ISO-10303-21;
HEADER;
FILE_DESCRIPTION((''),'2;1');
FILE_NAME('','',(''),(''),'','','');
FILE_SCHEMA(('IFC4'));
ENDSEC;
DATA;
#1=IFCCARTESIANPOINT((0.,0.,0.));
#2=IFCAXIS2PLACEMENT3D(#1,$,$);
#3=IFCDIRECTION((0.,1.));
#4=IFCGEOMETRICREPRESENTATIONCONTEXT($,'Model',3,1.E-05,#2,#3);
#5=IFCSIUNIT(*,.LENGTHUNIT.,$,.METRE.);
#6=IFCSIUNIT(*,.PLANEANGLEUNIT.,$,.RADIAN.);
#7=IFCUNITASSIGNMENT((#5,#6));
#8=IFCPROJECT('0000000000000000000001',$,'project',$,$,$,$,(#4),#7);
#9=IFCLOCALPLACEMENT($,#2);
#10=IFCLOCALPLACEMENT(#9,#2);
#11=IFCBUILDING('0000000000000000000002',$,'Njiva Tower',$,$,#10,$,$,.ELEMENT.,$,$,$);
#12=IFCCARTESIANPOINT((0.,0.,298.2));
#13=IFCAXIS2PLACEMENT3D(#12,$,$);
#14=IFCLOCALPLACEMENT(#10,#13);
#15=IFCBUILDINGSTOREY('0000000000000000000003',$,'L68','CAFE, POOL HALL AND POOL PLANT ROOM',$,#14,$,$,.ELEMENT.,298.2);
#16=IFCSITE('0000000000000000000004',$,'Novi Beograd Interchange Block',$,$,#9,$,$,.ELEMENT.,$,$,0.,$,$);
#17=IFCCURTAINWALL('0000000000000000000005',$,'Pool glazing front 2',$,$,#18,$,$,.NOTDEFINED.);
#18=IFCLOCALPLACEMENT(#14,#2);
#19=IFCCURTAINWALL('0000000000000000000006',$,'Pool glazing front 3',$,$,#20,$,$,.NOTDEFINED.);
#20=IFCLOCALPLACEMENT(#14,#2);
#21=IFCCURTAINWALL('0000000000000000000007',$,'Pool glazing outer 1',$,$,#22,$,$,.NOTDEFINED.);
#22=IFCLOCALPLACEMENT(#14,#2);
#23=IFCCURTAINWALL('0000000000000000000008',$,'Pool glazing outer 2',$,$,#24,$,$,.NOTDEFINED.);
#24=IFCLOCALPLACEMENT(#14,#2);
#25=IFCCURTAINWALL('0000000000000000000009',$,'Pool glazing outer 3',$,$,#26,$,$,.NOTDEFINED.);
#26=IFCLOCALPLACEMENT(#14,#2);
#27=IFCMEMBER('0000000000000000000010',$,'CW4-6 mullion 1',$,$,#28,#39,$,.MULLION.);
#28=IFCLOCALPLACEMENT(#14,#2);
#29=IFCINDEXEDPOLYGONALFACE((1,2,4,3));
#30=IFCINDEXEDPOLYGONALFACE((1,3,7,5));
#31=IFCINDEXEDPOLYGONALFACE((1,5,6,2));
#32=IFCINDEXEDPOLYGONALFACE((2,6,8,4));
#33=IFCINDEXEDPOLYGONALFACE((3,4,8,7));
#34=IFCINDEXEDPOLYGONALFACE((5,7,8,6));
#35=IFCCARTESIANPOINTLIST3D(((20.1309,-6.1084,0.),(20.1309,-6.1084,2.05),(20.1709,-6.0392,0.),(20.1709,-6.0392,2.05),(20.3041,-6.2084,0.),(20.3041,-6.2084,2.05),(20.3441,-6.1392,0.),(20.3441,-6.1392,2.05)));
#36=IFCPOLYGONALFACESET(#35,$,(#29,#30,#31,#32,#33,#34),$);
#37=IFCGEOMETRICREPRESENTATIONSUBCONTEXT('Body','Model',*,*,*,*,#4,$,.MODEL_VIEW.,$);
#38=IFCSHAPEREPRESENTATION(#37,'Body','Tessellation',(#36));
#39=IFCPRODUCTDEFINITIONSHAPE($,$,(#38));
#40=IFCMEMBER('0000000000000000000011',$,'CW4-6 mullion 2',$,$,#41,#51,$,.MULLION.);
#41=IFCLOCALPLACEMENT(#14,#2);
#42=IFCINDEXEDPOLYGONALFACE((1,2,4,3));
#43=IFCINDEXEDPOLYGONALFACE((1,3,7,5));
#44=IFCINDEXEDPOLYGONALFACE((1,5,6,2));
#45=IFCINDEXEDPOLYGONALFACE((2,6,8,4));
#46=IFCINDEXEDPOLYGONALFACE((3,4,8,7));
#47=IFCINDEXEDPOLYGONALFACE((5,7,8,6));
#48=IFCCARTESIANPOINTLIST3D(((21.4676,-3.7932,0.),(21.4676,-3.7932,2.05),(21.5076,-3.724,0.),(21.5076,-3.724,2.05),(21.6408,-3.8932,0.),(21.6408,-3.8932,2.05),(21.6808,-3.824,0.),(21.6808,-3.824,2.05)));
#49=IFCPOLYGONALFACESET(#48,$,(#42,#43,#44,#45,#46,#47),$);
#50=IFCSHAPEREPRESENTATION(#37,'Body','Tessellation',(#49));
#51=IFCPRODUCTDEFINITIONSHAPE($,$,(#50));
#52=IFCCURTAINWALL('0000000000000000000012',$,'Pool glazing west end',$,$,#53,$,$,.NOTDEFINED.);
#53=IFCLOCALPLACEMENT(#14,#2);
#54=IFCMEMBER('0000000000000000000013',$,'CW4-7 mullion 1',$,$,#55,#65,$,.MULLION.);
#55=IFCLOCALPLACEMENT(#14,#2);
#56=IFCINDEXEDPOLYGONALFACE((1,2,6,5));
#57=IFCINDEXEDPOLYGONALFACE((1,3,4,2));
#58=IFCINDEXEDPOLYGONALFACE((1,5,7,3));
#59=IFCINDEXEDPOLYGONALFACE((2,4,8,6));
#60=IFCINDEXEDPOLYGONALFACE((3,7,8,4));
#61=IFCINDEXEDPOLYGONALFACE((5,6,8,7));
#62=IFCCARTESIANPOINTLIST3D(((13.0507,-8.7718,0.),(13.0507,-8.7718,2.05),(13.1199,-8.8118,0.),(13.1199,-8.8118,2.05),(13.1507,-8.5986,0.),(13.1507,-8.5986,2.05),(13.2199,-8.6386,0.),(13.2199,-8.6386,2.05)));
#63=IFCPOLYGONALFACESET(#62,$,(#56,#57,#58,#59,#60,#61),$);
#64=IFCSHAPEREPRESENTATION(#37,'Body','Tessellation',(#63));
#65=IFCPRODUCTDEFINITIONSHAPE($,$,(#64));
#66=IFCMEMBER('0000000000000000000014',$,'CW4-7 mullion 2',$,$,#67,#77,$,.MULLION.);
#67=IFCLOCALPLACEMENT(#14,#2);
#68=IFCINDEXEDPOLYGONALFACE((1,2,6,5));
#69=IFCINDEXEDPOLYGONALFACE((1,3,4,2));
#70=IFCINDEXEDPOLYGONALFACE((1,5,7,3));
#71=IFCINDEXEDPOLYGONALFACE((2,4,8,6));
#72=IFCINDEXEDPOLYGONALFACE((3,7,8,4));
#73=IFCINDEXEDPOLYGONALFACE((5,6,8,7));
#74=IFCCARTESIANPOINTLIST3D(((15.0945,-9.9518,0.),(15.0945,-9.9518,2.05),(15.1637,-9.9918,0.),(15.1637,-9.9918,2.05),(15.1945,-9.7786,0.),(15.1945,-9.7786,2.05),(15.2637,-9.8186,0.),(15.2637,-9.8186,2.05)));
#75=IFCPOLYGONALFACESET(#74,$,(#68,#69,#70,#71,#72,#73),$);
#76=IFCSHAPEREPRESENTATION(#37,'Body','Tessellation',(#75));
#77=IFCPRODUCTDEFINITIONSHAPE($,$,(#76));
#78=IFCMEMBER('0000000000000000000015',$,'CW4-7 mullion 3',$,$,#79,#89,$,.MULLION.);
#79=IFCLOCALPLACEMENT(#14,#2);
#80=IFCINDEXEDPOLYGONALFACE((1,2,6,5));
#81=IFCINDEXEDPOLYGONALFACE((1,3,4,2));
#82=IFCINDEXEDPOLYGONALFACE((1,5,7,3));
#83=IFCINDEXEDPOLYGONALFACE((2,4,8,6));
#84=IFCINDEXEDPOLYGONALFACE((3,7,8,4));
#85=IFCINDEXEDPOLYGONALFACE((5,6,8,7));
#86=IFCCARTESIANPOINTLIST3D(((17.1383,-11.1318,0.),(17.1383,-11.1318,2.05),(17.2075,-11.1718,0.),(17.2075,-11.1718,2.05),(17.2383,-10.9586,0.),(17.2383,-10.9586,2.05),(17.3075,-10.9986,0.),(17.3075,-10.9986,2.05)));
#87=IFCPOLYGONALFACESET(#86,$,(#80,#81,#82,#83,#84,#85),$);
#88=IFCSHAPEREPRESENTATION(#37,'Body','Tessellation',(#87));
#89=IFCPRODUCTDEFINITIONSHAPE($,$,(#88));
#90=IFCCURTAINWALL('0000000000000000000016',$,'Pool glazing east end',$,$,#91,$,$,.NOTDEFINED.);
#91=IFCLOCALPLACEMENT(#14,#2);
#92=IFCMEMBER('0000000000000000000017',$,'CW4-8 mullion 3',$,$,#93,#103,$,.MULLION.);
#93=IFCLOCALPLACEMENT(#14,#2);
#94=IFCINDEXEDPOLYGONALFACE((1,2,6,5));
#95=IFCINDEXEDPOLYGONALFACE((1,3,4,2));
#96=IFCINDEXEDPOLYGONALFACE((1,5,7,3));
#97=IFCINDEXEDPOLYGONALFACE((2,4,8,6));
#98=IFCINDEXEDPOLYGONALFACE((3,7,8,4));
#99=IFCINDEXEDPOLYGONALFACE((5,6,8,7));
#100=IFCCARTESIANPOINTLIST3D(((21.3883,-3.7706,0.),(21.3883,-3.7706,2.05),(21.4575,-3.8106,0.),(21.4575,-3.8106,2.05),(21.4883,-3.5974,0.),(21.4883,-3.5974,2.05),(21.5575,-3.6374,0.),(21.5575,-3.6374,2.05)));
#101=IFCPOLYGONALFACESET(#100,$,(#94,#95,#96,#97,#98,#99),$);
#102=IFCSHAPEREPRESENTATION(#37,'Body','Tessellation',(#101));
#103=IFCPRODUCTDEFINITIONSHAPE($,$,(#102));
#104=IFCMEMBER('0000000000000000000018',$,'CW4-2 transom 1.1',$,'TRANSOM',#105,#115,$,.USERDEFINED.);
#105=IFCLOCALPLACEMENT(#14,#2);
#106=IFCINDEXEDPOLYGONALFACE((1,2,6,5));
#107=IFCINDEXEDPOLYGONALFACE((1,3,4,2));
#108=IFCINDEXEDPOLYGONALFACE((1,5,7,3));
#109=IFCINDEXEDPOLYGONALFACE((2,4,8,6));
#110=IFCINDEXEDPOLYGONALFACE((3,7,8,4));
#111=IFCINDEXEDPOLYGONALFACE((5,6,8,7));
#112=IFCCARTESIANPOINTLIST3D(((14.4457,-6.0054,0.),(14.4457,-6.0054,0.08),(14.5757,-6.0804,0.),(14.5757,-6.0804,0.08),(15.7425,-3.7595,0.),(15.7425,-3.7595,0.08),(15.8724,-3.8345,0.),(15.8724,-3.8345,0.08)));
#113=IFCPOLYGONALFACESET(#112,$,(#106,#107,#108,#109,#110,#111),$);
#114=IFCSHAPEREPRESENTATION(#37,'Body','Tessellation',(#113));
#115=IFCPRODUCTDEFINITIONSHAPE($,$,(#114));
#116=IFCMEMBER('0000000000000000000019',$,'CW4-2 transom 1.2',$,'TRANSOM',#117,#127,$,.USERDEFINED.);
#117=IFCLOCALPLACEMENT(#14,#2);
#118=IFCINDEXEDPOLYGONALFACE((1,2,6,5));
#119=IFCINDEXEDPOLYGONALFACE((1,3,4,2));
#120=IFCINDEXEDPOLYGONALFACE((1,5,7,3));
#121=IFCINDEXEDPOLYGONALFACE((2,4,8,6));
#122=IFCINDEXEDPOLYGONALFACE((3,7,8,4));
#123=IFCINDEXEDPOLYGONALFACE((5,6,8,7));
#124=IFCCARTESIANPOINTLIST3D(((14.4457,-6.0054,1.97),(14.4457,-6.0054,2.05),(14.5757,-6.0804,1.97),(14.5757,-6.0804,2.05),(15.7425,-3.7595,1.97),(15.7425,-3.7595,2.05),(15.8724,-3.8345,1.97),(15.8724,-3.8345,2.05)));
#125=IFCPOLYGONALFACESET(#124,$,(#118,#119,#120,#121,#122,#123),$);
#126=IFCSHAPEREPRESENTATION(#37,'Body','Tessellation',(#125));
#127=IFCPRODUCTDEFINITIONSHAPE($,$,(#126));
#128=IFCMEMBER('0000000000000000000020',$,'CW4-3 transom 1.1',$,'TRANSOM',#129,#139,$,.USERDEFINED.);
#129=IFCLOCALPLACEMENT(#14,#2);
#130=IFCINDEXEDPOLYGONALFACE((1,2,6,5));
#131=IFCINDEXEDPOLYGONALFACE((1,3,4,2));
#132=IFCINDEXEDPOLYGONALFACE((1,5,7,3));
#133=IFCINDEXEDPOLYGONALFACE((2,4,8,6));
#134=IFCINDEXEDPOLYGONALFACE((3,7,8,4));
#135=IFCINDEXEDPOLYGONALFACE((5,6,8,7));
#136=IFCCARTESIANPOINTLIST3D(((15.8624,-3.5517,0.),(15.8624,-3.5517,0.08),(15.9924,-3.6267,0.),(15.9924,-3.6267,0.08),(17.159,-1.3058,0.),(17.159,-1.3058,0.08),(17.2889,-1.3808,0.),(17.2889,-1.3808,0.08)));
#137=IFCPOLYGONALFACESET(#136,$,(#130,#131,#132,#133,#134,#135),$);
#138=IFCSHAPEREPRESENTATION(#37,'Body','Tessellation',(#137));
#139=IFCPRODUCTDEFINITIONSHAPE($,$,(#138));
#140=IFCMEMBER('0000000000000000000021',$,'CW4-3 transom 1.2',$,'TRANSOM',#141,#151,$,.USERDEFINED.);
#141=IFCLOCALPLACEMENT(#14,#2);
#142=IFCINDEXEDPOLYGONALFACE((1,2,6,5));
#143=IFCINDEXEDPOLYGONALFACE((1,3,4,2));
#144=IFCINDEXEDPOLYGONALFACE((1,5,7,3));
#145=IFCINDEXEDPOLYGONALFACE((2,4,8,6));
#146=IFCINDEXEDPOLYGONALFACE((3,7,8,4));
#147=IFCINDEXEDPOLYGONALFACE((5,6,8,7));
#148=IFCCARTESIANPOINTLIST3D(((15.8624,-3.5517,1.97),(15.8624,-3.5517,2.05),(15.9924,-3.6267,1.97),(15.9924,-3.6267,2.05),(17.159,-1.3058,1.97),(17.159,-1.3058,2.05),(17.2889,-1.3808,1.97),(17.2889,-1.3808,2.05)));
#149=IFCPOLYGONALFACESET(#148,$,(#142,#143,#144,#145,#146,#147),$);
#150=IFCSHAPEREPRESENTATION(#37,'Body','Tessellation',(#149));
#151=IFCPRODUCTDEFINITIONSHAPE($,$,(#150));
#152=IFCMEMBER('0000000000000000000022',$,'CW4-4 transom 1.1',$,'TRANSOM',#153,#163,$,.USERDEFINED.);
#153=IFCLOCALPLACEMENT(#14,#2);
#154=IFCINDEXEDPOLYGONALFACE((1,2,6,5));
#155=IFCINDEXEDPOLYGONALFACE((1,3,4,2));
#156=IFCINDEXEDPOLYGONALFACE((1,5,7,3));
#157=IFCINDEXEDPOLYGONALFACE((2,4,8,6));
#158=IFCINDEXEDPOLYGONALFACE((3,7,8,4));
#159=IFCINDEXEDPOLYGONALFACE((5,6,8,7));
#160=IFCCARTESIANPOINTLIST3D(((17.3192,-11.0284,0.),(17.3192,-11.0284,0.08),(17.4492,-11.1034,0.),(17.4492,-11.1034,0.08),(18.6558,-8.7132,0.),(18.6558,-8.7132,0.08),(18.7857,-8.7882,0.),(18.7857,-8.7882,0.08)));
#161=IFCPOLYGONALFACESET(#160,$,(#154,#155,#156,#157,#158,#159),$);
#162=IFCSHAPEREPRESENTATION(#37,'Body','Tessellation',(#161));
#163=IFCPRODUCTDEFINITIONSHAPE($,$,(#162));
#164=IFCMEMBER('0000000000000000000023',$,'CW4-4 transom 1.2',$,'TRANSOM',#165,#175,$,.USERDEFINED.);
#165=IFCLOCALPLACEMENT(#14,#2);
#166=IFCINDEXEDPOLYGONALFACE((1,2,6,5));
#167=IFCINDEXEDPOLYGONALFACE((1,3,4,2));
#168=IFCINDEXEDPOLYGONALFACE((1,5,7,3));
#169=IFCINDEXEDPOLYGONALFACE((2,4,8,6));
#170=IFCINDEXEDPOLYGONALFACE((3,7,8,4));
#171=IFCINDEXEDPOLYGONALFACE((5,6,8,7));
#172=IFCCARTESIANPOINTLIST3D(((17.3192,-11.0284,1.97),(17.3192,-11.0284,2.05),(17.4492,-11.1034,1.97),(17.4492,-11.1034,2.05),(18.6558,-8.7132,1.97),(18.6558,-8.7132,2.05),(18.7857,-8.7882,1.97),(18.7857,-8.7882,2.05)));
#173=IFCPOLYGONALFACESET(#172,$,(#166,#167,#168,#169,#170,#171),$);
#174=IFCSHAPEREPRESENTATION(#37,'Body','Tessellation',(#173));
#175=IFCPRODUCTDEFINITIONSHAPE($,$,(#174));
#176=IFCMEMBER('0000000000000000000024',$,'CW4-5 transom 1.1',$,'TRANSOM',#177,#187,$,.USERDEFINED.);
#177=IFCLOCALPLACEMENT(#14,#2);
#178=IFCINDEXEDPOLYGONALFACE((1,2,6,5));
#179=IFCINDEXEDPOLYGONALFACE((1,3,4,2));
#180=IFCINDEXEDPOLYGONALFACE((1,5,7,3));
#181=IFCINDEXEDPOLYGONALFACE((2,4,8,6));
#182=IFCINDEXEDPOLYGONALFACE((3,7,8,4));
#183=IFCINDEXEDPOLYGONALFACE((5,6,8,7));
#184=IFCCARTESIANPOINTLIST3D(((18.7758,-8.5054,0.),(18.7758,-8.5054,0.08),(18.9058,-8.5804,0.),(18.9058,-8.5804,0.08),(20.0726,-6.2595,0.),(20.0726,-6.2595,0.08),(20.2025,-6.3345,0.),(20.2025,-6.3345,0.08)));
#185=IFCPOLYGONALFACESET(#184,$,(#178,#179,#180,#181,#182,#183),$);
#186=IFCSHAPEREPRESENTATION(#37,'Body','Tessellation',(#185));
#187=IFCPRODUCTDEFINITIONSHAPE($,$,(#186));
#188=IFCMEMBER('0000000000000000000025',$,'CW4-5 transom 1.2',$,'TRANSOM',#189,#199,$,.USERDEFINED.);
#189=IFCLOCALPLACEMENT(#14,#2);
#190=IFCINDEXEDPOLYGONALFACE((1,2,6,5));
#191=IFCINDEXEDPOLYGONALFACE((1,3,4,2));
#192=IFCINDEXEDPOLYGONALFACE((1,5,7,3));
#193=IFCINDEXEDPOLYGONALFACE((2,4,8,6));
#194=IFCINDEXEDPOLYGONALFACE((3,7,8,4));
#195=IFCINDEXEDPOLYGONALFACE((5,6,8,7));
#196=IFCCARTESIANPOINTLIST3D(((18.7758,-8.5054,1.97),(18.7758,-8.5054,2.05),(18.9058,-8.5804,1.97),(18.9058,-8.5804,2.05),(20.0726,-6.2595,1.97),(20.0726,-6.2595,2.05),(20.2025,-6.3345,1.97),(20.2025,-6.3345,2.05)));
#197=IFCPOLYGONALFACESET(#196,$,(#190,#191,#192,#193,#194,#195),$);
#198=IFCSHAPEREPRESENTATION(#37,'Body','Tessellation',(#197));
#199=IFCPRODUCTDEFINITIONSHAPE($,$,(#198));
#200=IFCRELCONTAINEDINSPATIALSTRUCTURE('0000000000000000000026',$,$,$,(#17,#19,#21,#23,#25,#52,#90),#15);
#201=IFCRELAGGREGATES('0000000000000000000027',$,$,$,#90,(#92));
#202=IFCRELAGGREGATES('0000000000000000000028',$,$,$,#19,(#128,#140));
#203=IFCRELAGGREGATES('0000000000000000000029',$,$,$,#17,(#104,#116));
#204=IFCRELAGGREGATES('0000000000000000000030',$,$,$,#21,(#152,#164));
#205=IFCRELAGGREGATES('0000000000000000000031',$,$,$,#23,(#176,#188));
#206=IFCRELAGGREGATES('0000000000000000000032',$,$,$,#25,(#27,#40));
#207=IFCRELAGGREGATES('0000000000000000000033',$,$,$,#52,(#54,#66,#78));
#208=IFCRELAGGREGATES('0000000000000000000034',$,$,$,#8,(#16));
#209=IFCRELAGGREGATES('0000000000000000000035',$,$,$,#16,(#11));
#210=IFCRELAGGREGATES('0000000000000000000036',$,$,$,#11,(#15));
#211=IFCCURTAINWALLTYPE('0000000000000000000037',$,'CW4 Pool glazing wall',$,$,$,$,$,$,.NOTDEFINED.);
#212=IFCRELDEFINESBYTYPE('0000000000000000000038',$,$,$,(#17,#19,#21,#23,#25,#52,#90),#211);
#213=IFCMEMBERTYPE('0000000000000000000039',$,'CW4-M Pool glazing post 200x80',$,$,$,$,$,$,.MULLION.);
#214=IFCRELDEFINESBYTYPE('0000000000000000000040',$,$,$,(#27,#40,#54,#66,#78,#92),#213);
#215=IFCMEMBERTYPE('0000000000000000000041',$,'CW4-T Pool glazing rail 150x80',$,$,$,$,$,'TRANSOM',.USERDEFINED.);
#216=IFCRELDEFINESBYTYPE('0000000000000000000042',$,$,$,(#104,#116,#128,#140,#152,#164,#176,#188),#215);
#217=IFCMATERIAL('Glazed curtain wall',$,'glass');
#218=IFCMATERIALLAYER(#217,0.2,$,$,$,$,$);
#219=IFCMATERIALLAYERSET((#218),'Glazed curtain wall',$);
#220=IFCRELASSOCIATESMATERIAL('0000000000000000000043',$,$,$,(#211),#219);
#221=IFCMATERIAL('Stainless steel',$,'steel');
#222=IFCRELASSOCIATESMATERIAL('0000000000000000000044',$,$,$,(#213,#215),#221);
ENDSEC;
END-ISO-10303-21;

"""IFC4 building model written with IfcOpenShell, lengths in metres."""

from ifc_helpers import new_model, si_unit, direction, frame, origin, origin_2d, place, context, subcontext, project, spatial, rectangle, extrude, material, layer, layer_set, material_profile, profile_set, type_object, element, aggregate, save


model = new_model("IFC4")

# Units and contexts
model_context = context("Model", 3, precision=1e-05, world=origin(), true_north=direction((0.0, 1.0)))
body_context = subcontext(model_context, "Body", "Model", "MODEL_VIEW")
ifc_project = project(units=[si_unit("LENGTHUNIT", "METRE"), si_unit("PLANEANGLEUNIT", "RADIAN")], contexts=[model_context])

# Site, building, storey
site_placement = place(None, origin())
site = spatial("IfcSite", under=ifc_project, at=site_placement, Name="Novi Beograd Interchange Block", CompositionType="ELEMENT", RefElevation=0.0)
building_placement = place(site_placement, origin())
building = spatial("IfcBuilding", under=site, at=building_placement, Name="Njiva Tower", CompositionType="ELEMENT")
storey_placement = place(building_placement, frame((0.0, 0.0, 298.2)))
storey = spatial("IfcBuildingStorey", under=building, at=storey_placement, Name="L68", Description="CAFE, POOL HALL AND POOL PLANT ROOM", CompositionType="ELEMENT", Elevation=298.2)

# Shared definitions
ifc_material_1 = material(Name="Glazed curtain wall", Category="glass")
ifc_layer_1 = layer(ifc_material_1, 0.2)
ifc_layer_set_1 = layer_set([ifc_layer_1], Name="Glazed curtain wall")
curtain_wall_type = type_object("IfcCurtainWallType", Name="CW4 Pool glazing wall", PredefinedType="NOTDEFINED", material=ifc_layer_set_1)
ifc_material_2 = material(Name="Stainless steel", Category="steel")
ifc_material_profile_1 = material_profile(ifc_material_2, rectangle(XDim=0.2, YDim=0.08, at=origin_2d()), Name="RECT 200x80")
ifc_profile_set_1 = profile_set([ifc_material_profile_1], Name="Stainless steel")
member_type_1 = type_object("IfcMemberType", Name="CW4-M Pool glazing post 200x80", PredefinedType="MULLION", material=ifc_profile_set_1)

# Curtain wall
curtain_wall_1_placement = place(storey_placement, origin())
curtain_wall_1 = element("IfcCurtainWall", 1, at=curtain_wall_1_placement, inside=storey, type_object=curtain_wall_type, Name="Pool glazing front 2", PredefinedType="NOTDEFINED")

# Curtain wall
curtain_wall_2_placement = place(storey_placement, origin())
curtain_wall_2 = element("IfcCurtainWall", 2, at=curtain_wall_2_placement, inside=storey, type_object=curtain_wall_type, Name="Pool glazing front 3", PredefinedType="NOTDEFINED")

# Curtain walls, members
curtain_wall_3_placement = place(storey_placement, origin())
curtain_wall_3 = element("IfcCurtainWall", 3, at=curtain_wall_3_placement, inside=storey, type_object=curtain_wall_type, Name="Pool glazing outer 1", PredefinedType="NOTDEFINED")
curtain_wall_4_placement = place(storey_placement, origin())
curtain_wall_4 = element("IfcCurtainWall", 4, at=curtain_wall_4_placement, inside=storey, type_object=curtain_wall_type, Name="Pool glazing outer 2", PredefinedType="NOTDEFINED")
curtain_wall_5_placement = place(storey_placement, origin())
curtain_wall_5 = element("IfcCurtainWall", 5, at=curtain_wall_5_placement, inside=storey, type_object=curtain_wall_type, Name="Pool glazing outer 3", PredefinedType="NOTDEFINED")
member_1_placement = place(storey_placement, frame((20.2375, -6.1238, 0.0), z_axis=(0.0, 0.0, 1.0), x_axis=(-0.866025, 0.5, 0.0)))
member_1 = element("IfcMember", 6, at=member_1_placement, type_object=member_type_1, Name="CW4-6 mullion 1", PredefinedType="MULLION", context=body_context, shape_type="SweptSolid", body=[
    extrude(rectangle(XDim=0.2, YDim=0.08, at=origin_2d()), origin(), (0.0, 0.0, 1.0), 2.05),
])
member_2_placement = place(storey_placement, frame((21.5742, -3.8086, 0.0), z_axis=(0.0, 0.0, 1.0), x_axis=(-0.866025, 0.5, 0.0)))
member_2 = element("IfcMember", 7, at=member_2_placement, type_object=member_type_1, Name="CW4-6 mullion 2", PredefinedType="MULLION", context=body_context, shape_type="SweptSolid", body=[
    extrude(rectangle(XDim=0.2, YDim=0.08, at=origin_2d()), origin(), (0.0, 0.0, 1.0), 2.05),
])
curtain_wall_6_placement = place(storey_placement, origin())
curtain_wall_6 = element("IfcCurtainWall", 8, at=curtain_wall_6_placement, inside=storey, type_object=curtain_wall_type, Name="Pool glazing west end", PredefinedType="NOTDEFINED")
member_3_placement = place(storey_placement, frame((13.1353, -8.7052, 0.0), z_axis=(0.0, 0.0, 1.0), x_axis=(0.5, 0.866025, 0.0)))
member_3 = element("IfcMember", 9, at=member_3_placement, type_object=member_type_1, Name="CW4-7 mullion 1", PredefinedType="MULLION", context=body_context, shape_type="SweptSolid", body=[
    extrude(rectangle(XDim=0.2, YDim=0.08, at=origin_2d()), origin(), (0.0, 0.0, 1.0), 2.05),
])
member_4_placement = place(storey_placement, frame((15.1791, -9.8852, 0.0), z_axis=(0.0, 0.0, 1.0), x_axis=(0.5, 0.866025, 0.0)))
member_4 = element("IfcMember", 10, at=member_4_placement, type_object=member_type_1, Name="CW4-7 mullion 2", PredefinedType="MULLION", context=body_context, shape_type="SweptSolid", body=[
    extrude(rectangle(XDim=0.2, YDim=0.08, at=origin_2d()), origin(), (0.0, 0.0, 1.0), 2.05),
])
member_5_placement = place(storey_placement, frame((17.2229, -11.0652, 0.0), z_axis=(0.0, 0.0, 1.0), x_axis=(0.5, 0.866025, 0.0)))
member_5 = element("IfcMember", 11, at=member_5_placement, type_object=member_type_1, Name="CW4-7 mullion 3", PredefinedType="MULLION", context=body_context, shape_type="SweptSolid", body=[
    extrude(rectangle(XDim=0.2, YDim=0.08, at=origin_2d()), origin(), (0.0, 0.0, 1.0), 2.05),
])

# Curtain wall, member
curtain_wall_7_placement = place(storey_placement, origin())
curtain_wall_7 = element("IfcCurtainWall", 12, at=curtain_wall_7_placement, inside=storey, type_object=curtain_wall_type, Name="Pool glazing east end", PredefinedType="NOTDEFINED")
member_6_placement = place(storey_placement, frame((21.4729, -3.704, 0.0), z_axis=(0.0, 0.0, 1.0), x_axis=(0.5, 0.866025, 0.0)))
member_6 = element("IfcMember", 13, at=member_6_placement, type_object=member_type_1, Name="CW4-8 mullion 3", PredefinedType="MULLION", context=body_context, shape_type="SweptSolid", body=[
    extrude(rectangle(XDim=0.2, YDim=0.08, at=origin_2d()), origin(), (0.0, 0.0, 1.0), 2.05),
])
aggregate(curtain_wall_7, [member_6])

# Members
ifc_material_profile_2 = material_profile(ifc_material_2, rectangle(XDim=0.15, YDim=0.08, at=origin_2d()), Name="RECT 150x80")
ifc_profile_set_2 = profile_set([ifc_material_profile_2], Name="Stainless steel")
member_type_2 = type_object("IfcMemberType", Name="CW4-T Pool glazing rail 150x80", ElementType="TRANSOM", PredefinedType="USERDEFINED", material=ifc_profile_set_2)
member_7_placement = place(storey_placement, frame((14.5107, -6.0429, 0.04), z_axis=(0.500008, 0.866021, 0.0), x_axis=(-0.866021, 0.500008, 0.0)))
member_7 = element("IfcMember", 14, at=member_7_placement, type_object=member_type_2, Name="CW4-2 transom 1.1", ObjectType="TRANSOM", PredefinedType="USERDEFINED", context=body_context, shape_type="SweptSolid", body=[
    extrude(rectangle(XDim=0.15, YDim=0.08, at=origin_2d()), origin(), (0.0, 0.0, 1.0), 2.5934),
])
member_8_placement = place(storey_placement, frame((14.5107, -6.0429, 2.01), z_axis=(0.500008, 0.866021, 0.0), x_axis=(-0.866021, 0.500008, 0.0)))
member_8 = element("IfcMember", 15, at=member_8_placement, type_object=member_type_2, Name="CW4-2 transom 1.2", ObjectType="TRANSOM", PredefinedType="USERDEFINED", context=body_context, shape_type="SweptSolid", body=[
    extrude(rectangle(XDim=0.15, YDim=0.08, at=origin_2d()), origin(), (0.0, 0.0, 1.0), 2.5934),
])
member_9_placement = place(storey_placement, frame((15.9274, -3.5892, 0.04), z_axis=(0.499979, 0.866037, 0.0), x_axis=(-0.866037, 0.499979, 0.0)))
member_9 = element("IfcMember", 16, at=member_9_placement, type_object=member_type_2, Name="CW4-3 transom 1.1", ObjectType="TRANSOM", PredefinedType="USERDEFINED", context=body_context, shape_type="SweptSolid", body=[
    extrude(rectangle(XDim=0.15, YDim=0.08, at=origin_2d()), origin(), (0.0, 0.0, 1.0), 2.5933),
])
member_10_placement = place(storey_placement, frame((15.9274, -3.5892, 2.01), z_axis=(0.499979, 0.866037, 0.0), x_axis=(-0.866037, 0.499979, 0.0)))
member_10 = element("IfcMember", 17, at=member_10_placement, type_object=member_type_2, Name="CW4-3 transom 1.2", ObjectType="TRANSOM", PredefinedType="USERDEFINED", context=body_context, shape_type="SweptSolid", body=[
    extrude(rectangle(XDim=0.15, YDim=0.08, at=origin_2d()), origin(), (0.0, 0.0, 1.0), 2.5933),
])
aggregate(curtain_wall_2, [member_9, member_10])
member_11_placement = place(storey_placement, frame((17.3842, -11.0659, 0.04), z_axis=(0.499977, 0.866039, 0.0), x_axis=(-0.866039, 0.499977, 0.0)))
member_11 = element("IfcMember", 18, at=member_11_placement, type_object=member_type_2, Name="CW4-4 transom 1.1", ObjectType="TRANSOM", PredefinedType="USERDEFINED", context=body_context, shape_type="SweptSolid", body=[
    extrude(rectangle(XDim=0.15, YDim=0.08, at=origin_2d()), origin(), (0.0, 0.0, 1.0), 2.6733),
])
member_12_placement = place(storey_placement, frame((17.3842, -11.0659, 2.01), z_axis=(0.499977, 0.866039, 0.0), x_axis=(-0.866039, 0.499977, 0.0)))
member_12 = element("IfcMember", 19, at=member_12_placement, type_object=member_type_2, Name="CW4-4 transom 1.2", ObjectType="TRANSOM", PredefinedType="USERDEFINED", context=body_context, shape_type="SweptSolid", body=[
    extrude(rectangle(XDim=0.15, YDim=0.08, at=origin_2d()), origin(), (0.0, 0.0, 1.0), 2.6733),
])
member_13_placement = place(storey_placement, frame((18.8408, -8.5429, 0.04), z_axis=(0.500008, 0.866021, 0.0), x_axis=(-0.866021, 0.500008, 0.0)))
member_13 = element("IfcMember", 20, at=member_13_placement, type_object=member_type_2, Name="CW4-5 transom 1.1", ObjectType="TRANSOM", PredefinedType="USERDEFINED", context=body_context, shape_type="SweptSolid", body=[
    extrude(rectangle(XDim=0.15, YDim=0.08, at=origin_2d()), origin(), (0.0, 0.0, 1.0), 2.5934),
])
member_14_placement = place(storey_placement, frame((18.8408, -8.5429, 2.01), z_axis=(0.500008, 0.866021, 0.0), x_axis=(-0.866021, 0.500008, 0.0)))
member_14 = element("IfcMember", 21, at=member_14_placement, type_object=member_type_2, Name="CW4-5 transom 1.2", ObjectType="TRANSOM", PredefinedType="USERDEFINED", context=body_context, shape_type="SweptSolid", body=[
    extrude(rectangle(XDim=0.15, YDim=0.08, at=origin_2d()), origin(), (0.0, 0.0, 1.0), 2.5934),
])

aggregate(curtain_wall_1, [member_7, member_8])
aggregate(curtain_wall_3, [member_11, member_12])
aggregate(curtain_wall_4, [member_13, member_14])
aggregate(curtain_wall_5, [member_1, member_2])
aggregate(curtain_wall_6, [member_3, member_4, member_5])

save(model, "model.ifc")
